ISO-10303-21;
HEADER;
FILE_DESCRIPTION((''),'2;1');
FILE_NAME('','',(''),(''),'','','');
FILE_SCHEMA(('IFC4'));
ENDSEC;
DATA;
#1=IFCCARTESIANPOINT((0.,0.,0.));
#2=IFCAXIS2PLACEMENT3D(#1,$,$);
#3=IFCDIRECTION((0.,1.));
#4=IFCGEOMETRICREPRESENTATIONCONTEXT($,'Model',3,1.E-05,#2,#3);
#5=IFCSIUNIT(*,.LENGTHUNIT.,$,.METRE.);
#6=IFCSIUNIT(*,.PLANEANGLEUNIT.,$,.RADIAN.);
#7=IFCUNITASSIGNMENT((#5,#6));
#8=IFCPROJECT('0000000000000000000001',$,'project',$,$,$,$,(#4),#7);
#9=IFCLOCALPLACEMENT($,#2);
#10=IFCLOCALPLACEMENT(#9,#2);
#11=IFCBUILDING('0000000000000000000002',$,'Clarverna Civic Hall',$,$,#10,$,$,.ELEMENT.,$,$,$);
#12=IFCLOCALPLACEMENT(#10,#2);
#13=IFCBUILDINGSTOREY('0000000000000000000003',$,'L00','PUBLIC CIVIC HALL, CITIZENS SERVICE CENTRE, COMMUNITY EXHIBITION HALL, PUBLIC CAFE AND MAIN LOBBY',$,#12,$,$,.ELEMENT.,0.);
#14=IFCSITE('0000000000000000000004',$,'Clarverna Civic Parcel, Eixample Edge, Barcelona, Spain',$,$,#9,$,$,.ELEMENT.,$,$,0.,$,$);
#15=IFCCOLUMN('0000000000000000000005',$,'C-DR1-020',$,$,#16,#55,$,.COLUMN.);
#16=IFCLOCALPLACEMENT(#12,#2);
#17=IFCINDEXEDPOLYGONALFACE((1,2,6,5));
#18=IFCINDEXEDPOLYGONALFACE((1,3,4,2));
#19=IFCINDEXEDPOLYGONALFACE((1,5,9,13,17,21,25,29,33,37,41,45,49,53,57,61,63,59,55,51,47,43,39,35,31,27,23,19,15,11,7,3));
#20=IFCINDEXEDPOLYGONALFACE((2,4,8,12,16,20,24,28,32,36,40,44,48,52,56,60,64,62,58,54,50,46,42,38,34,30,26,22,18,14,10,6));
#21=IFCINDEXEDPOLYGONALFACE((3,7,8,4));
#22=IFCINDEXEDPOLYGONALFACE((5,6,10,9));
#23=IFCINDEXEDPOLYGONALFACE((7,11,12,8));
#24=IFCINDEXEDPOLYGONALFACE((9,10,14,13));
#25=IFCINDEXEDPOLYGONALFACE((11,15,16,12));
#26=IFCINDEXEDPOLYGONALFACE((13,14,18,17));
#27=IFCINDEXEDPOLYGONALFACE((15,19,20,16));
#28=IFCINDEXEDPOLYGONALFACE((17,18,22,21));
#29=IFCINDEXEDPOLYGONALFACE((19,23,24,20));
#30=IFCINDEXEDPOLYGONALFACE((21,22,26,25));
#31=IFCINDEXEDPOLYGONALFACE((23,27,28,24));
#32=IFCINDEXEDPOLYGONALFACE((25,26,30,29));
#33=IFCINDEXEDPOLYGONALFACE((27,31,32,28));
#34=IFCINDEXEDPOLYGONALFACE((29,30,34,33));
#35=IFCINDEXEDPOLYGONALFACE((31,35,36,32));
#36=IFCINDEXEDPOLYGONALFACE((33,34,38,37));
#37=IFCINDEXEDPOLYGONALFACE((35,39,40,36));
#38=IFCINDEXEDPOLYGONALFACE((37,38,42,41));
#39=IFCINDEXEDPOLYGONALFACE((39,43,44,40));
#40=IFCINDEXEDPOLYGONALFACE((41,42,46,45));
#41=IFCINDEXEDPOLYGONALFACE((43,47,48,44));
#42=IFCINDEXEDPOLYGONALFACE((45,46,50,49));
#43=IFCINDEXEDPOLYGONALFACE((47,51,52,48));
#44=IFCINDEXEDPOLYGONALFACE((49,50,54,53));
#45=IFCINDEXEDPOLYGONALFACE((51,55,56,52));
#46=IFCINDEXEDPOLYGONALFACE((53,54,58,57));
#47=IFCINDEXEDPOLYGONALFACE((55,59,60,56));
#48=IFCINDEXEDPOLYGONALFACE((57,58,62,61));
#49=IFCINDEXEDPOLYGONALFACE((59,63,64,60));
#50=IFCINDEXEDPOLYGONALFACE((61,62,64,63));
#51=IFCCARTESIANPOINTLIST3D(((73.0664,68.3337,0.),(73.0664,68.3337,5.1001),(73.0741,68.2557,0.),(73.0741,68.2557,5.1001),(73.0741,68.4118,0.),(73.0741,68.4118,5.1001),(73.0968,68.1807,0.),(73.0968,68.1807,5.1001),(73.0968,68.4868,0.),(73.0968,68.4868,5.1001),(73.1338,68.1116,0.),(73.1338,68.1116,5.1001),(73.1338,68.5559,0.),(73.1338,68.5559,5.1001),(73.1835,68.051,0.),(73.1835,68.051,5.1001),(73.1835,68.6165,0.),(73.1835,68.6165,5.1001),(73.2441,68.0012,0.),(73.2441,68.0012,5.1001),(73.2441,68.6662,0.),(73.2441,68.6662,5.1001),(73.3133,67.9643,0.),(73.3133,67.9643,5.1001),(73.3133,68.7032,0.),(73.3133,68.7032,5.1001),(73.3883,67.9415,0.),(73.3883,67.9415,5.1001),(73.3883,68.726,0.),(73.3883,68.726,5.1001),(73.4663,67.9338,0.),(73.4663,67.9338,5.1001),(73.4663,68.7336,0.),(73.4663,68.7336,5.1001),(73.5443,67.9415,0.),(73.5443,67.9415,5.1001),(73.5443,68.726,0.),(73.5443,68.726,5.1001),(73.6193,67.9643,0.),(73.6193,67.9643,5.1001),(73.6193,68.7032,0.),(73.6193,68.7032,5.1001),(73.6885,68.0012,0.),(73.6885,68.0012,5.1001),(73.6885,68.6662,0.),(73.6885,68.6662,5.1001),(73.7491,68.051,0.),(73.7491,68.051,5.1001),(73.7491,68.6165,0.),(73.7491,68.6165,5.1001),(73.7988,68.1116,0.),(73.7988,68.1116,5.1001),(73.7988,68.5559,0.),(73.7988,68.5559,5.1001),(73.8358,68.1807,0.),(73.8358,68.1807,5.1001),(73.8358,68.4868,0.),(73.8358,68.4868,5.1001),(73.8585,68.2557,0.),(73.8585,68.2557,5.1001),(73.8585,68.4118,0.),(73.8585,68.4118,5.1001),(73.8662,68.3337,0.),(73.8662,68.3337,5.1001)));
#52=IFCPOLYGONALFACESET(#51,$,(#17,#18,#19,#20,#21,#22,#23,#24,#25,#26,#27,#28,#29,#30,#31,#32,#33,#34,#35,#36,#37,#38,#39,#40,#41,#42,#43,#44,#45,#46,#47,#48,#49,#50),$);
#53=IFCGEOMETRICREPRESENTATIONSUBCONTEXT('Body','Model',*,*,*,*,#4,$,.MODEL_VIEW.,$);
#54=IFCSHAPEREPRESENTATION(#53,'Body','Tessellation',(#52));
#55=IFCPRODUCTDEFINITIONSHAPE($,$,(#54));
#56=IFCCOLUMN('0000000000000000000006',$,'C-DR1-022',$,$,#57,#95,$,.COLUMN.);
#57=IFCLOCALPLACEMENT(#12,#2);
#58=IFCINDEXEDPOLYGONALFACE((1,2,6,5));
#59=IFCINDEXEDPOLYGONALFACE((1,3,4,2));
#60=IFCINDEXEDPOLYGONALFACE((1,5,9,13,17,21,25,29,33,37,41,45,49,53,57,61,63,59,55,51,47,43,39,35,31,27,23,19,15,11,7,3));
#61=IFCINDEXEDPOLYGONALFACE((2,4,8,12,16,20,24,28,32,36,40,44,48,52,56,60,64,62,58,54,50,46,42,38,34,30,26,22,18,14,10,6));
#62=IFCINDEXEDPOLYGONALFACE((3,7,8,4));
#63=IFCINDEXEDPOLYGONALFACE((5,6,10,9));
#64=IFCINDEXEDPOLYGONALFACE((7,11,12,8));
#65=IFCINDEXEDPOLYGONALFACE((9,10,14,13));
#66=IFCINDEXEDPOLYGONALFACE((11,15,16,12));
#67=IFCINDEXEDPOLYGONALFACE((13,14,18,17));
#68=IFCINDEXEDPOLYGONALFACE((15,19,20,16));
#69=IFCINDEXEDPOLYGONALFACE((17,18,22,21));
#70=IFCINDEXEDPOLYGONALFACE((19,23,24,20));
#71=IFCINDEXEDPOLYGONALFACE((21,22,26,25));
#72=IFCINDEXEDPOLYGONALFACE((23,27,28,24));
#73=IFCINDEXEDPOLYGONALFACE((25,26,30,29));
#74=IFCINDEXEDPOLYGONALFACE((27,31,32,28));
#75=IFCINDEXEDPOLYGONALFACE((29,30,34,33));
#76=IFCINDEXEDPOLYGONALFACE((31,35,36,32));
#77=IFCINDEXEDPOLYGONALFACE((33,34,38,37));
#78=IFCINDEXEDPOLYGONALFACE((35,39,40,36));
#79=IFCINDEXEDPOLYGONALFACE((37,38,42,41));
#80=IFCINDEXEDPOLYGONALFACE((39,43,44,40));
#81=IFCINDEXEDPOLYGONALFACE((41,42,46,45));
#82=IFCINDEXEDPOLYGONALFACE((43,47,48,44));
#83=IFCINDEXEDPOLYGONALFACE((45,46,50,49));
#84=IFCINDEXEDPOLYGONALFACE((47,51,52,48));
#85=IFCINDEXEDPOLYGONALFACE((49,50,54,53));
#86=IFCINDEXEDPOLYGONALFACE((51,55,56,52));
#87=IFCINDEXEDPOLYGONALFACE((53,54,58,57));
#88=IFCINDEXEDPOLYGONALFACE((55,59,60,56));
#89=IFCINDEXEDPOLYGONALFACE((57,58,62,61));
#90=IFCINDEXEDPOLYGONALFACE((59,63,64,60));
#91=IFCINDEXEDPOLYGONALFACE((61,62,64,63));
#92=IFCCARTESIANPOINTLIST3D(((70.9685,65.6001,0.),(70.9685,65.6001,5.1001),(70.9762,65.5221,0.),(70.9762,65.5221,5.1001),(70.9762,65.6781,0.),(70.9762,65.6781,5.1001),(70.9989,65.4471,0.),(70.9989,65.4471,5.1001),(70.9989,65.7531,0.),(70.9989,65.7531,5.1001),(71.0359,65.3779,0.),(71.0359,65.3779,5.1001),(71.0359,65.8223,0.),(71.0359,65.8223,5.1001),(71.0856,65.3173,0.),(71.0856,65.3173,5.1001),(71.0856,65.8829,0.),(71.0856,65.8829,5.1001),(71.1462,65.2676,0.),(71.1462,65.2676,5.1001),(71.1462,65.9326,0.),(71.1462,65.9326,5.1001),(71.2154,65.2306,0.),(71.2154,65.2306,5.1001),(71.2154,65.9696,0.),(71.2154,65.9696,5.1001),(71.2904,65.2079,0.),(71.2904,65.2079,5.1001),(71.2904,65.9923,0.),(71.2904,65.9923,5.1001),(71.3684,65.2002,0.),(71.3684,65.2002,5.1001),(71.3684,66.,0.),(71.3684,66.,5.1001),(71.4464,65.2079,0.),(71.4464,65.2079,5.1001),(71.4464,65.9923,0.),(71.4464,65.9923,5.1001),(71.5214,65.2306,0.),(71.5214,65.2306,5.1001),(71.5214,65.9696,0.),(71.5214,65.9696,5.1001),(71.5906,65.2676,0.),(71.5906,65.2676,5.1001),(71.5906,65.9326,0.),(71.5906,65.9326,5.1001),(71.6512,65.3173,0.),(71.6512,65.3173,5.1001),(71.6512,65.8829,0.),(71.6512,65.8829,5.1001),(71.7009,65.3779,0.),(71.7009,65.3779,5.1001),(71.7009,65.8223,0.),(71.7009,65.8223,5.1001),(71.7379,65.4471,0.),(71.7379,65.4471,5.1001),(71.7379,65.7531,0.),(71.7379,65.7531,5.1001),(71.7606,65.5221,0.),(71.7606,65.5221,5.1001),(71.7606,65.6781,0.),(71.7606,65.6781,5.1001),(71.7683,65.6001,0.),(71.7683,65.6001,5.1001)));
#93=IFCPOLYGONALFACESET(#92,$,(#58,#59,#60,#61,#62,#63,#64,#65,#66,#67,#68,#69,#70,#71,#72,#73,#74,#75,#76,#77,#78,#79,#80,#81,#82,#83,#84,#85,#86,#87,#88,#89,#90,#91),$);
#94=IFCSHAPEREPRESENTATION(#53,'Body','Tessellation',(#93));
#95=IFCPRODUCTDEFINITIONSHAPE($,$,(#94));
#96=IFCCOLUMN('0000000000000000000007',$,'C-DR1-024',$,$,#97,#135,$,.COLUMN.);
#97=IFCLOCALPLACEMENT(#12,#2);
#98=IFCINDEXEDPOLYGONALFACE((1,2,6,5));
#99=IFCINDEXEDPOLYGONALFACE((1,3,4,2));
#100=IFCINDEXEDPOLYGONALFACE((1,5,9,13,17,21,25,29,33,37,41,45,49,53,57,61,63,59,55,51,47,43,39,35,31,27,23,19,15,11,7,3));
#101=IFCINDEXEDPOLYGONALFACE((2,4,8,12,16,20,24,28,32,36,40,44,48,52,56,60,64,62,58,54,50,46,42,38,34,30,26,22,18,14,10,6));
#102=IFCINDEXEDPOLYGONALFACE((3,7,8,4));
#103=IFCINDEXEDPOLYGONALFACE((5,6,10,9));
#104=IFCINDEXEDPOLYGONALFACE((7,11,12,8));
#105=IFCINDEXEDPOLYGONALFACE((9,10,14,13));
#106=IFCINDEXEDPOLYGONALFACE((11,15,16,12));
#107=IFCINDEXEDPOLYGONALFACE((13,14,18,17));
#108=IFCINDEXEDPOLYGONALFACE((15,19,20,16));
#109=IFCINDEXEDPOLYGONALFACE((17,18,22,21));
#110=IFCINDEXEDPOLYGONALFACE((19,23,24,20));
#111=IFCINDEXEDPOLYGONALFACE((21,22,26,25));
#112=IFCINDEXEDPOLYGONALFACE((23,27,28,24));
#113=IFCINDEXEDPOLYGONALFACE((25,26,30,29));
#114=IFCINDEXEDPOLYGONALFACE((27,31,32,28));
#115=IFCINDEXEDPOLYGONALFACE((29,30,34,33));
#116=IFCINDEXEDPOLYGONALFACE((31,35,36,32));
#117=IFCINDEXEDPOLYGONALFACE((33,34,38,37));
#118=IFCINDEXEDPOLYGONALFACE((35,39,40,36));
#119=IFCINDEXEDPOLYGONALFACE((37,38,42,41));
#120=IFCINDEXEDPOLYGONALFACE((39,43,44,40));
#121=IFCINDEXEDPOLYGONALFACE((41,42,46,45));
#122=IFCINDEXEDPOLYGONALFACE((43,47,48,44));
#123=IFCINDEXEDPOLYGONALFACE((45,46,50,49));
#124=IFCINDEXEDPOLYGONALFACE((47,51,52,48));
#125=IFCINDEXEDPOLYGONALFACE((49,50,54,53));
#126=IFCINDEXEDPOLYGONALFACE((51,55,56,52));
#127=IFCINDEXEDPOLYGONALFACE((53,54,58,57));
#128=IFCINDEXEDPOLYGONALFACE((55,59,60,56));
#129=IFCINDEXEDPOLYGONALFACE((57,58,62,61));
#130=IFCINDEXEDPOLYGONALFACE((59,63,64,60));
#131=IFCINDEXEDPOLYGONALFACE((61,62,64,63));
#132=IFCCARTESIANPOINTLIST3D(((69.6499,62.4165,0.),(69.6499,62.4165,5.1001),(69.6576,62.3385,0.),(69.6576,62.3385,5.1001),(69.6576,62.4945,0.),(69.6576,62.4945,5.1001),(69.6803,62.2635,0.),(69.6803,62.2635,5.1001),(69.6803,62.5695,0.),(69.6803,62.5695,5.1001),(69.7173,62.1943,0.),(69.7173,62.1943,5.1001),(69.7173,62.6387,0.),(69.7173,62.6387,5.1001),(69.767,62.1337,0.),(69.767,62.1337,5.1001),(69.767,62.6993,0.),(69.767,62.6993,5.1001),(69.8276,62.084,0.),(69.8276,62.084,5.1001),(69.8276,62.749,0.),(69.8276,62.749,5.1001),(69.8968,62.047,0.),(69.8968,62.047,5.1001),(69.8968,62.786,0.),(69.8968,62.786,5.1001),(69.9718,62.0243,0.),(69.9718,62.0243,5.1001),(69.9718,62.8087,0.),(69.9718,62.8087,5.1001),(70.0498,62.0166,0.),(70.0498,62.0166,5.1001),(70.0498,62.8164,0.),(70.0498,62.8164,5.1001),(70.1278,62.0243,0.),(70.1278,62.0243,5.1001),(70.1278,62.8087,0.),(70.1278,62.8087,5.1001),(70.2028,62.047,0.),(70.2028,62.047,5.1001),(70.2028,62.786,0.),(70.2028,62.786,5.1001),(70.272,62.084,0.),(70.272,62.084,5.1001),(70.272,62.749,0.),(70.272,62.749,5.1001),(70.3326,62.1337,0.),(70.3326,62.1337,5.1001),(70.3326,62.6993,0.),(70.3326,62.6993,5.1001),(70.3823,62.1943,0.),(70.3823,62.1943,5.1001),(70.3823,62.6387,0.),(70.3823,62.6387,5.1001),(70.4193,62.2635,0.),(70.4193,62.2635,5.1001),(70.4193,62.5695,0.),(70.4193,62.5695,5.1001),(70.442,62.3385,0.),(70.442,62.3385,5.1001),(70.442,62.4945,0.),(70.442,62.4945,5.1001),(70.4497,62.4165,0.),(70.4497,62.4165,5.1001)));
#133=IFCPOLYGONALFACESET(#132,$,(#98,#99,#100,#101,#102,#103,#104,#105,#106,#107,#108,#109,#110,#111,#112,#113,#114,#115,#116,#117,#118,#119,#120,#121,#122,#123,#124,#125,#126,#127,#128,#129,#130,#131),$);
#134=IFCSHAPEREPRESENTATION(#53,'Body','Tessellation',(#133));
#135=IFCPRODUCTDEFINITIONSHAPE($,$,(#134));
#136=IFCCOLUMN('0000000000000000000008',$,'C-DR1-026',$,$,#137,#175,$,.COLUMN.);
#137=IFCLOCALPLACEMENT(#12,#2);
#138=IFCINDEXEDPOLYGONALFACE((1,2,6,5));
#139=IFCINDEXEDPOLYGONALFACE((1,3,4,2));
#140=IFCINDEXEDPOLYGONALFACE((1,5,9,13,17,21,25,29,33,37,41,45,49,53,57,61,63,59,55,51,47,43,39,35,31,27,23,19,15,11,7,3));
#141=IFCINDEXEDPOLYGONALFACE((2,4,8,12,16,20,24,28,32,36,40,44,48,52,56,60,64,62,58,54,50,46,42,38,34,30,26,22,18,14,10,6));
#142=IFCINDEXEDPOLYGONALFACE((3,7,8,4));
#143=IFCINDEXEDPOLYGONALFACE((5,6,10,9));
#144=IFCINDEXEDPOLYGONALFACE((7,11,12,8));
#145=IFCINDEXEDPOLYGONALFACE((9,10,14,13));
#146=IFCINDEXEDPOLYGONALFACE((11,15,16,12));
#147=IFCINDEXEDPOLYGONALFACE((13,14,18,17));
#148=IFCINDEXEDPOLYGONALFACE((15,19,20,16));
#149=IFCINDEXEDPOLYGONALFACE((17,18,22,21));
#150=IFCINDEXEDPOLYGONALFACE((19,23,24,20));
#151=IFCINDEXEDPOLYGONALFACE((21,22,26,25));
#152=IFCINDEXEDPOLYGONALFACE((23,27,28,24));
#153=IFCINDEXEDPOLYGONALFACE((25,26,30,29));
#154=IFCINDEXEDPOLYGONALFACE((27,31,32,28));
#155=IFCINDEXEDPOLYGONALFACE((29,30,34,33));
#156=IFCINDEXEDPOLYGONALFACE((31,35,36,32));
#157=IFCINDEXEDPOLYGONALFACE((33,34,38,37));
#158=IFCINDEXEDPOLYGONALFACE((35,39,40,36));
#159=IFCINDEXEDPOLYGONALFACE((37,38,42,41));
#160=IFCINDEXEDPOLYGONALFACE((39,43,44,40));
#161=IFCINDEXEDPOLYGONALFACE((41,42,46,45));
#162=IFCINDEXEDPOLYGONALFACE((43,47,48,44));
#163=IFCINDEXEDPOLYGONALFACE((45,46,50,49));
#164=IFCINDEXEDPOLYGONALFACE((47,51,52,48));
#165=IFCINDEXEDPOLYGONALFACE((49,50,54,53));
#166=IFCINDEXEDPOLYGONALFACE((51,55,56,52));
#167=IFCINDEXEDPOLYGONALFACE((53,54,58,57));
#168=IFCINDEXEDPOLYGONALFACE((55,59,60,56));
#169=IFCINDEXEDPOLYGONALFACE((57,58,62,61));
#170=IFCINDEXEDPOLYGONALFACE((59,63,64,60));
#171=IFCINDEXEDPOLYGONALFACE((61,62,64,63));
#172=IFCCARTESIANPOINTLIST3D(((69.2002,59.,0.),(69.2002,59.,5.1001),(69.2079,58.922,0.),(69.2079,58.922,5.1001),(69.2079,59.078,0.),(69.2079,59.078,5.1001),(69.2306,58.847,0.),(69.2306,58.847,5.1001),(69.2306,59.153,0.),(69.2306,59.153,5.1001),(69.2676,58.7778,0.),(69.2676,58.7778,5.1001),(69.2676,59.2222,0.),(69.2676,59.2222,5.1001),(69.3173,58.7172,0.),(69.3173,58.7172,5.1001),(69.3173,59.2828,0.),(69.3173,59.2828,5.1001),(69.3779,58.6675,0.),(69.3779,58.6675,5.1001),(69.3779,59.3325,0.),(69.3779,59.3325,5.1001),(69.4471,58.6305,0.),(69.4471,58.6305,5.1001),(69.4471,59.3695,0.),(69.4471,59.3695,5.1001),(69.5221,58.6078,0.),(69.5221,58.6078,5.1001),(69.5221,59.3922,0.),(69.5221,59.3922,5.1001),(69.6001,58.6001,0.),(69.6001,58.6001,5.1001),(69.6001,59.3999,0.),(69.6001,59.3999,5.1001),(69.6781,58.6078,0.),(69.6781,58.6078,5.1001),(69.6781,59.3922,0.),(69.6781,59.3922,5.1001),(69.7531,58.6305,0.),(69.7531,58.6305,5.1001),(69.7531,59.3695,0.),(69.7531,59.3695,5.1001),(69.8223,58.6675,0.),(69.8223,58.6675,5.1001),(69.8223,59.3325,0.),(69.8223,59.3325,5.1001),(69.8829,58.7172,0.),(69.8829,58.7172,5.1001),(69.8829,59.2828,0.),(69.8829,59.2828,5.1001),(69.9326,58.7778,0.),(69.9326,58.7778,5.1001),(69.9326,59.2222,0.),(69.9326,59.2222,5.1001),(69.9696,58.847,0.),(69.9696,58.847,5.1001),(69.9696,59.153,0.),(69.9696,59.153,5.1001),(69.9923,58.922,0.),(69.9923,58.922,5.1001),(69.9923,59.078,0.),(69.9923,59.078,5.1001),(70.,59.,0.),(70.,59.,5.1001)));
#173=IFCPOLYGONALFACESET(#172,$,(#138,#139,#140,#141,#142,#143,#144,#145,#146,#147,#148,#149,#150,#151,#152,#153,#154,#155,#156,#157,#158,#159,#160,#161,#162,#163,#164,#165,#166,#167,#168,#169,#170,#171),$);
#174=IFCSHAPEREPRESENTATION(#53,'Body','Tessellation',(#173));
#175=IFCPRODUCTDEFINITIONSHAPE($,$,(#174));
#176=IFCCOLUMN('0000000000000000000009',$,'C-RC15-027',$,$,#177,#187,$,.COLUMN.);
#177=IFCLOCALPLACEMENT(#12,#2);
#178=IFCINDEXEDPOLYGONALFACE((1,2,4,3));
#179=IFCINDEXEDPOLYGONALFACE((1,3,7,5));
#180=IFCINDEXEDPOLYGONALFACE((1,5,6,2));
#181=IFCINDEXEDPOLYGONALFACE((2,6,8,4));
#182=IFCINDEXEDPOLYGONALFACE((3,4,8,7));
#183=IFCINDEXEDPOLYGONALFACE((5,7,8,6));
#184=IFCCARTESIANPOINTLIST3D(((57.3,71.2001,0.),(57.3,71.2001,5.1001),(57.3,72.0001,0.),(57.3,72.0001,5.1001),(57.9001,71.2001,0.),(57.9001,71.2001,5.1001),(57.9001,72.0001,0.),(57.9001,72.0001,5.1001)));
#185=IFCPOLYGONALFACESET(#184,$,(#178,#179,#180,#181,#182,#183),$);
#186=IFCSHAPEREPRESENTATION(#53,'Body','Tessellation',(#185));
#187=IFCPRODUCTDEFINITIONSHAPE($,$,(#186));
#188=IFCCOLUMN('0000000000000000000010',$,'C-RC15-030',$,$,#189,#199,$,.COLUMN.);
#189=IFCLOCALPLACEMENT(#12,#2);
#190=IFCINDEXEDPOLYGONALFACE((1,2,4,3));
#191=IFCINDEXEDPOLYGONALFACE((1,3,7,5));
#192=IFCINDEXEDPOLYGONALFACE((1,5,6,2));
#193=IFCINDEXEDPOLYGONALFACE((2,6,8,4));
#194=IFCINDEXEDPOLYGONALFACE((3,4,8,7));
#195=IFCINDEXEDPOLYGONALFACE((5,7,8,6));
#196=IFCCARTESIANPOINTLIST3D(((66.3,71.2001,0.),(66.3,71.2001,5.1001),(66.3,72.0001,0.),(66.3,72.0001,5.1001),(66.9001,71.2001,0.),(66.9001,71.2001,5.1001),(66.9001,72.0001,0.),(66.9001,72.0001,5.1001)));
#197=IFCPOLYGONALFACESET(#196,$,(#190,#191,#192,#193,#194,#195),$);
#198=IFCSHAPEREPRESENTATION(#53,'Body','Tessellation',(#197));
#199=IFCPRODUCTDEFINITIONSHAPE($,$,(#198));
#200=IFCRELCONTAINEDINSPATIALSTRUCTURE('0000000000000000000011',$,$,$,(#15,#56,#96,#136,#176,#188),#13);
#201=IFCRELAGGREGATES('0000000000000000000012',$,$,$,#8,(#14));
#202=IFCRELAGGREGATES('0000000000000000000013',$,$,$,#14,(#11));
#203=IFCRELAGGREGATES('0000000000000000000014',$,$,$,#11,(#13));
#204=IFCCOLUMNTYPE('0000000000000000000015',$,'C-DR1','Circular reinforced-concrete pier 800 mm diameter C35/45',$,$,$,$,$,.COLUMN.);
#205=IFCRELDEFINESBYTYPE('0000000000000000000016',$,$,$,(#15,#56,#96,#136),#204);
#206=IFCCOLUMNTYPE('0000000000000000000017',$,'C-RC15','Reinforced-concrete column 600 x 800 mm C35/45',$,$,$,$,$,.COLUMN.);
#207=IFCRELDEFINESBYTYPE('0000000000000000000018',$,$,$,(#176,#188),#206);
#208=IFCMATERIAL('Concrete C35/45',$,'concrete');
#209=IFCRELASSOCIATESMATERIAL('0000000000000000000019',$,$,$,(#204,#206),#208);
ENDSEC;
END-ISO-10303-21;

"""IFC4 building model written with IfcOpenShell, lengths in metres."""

from ifc_helpers import new_model, si_unit, direction, frame, origin, origin_2d, place, context, subcontext, project, spatial, rectangle, circle, extrude, material, material_profile, profile_set, type_object, element, save


model = new_model("IFC4")

# Units and contexts
model_context = context("Model", 3, precision=1e-05, world=origin(), true_north=direction((0.0, 1.0)))
body_context = subcontext(model_context, "Body", "Model", "MODEL_VIEW")
ifc_project = project(units=[si_unit("LENGTHUNIT", "METRE"), si_unit("PLANEANGLEUNIT", "RADIAN")], contexts=[model_context])

# Site, building, storey
site_placement = place(None, origin())
site = spatial("IfcSite", under=ifc_project, at=site_placement, Name="Clarverna Civic Parcel, Eixample Edge, Barcelona, Spain", CompositionType="ELEMENT", RefElevation=0.0)
building_placement = place(site_placement, origin())
building = spatial("IfcBuilding", under=site, at=building_placement, Name="Clarverna Civic Hall", CompositionType="ELEMENT")
storey_placement = place(building_placement, origin())
storey = spatial("IfcBuildingStorey", under=building, at=storey_placement, Name="L00", Description="PUBLIC CIVIC HALL, CITIZENS SERVICE CENTRE, COMMUNITY EXHIBITION HALL, PUBLIC CAFE AND MAIN LOBBY", CompositionType="ELEMENT", Elevation=0.0)

# Columns
ifc_material_1 = material(Name="Concrete C35/45", Category="concrete")
ifc_material_profile_1 = material_profile(ifc_material_1, circle(Radius=0.3999, at=origin_2d()), Name="RC D800")
ifc_profile_set_1 = profile_set([ifc_material_profile_1], Name="Concrete C35/45")
column_type_1 = type_object("IfcColumnType", Name="C-DR1", Description="Circular reinforced-concrete pier 800 mm diameter C35/45", PredefinedType="COLUMN", material=ifc_profile_set_1)
for number, where, z_axis, x_axis, name in (
    (1, (73.4663, 68.3337, 0.0), (0.0, 0.0, 1.0), (1.0, 0.0, 0.0), "C-DR1-020"),
    (2, (71.3684, 65.6001, 0.0), (0.0, 0.0, 1.0), (1.0, 0.0, 0.0), "C-DR1-022"),
    (3, (70.0498, 62.4165, 0.0), (0.0, 0.0, 1.0), (1.0, 0.0, 0.0), "C-DR1-024"),
    (4, (69.6001, 59.0, 0.0), (0.0, 0.0, 1.0), (1.0, 0.0, 0.0), "C-DR1-026"),
):
    element("IfcColumn", number, at=place(storey_placement, frame(where, z_axis=z_axis, x_axis=x_axis)), inside=storey, type_object=column_type_1, Name=name, PredefinedType="COLUMN", context=body_context, shape_type="SweptSolid", body=[
        extrude(circle(Radius=0.3999, at=origin_2d()), origin(), (0.0, 0.0, 1.0), 5.1001),
    ])
ifc_material_profile_2 = material_profile(ifc_material_1, rectangle(XDim=0.6001, YDim=0.8, at=origin_2d()), Name="RC 600x800")
ifc_profile_set_2 = profile_set([ifc_material_profile_2], Name="Concrete C35/45")
column_type_2 = type_object("IfcColumnType", Name="C-RC15", Description="Reinforced-concrete column 600 x 800 mm C35/45", PredefinedType="COLUMN", material=ifc_profile_set_2)
for number, where, z_axis, x_axis, name in (
    (5, (57.6001, 71.6001, 0.0), (0.0, 0.0, 1.0), (1.0, 0.0, 0.0), "C-RC15-027"),
    (6, (66.6001, 71.6001, 0.0), (0.0, 0.0, 1.0), (1.0, 0.0, 0.0), "C-RC15-030"),
):
    element("IfcColumn", number, at=place(storey_placement, frame(where, z_axis=z_axis, x_axis=x_axis)), inside=storey, type_object=column_type_2, Name=name, PredefinedType="COLUMN", context=body_context, shape_type="SweptSolid", body=[
        extrude(rectangle(XDim=0.6001, YDim=0.8, at=origin_2d()), origin(), (0.0, 0.0, 1.0), 5.1001),
    ])

save(model, "model.ifc")
